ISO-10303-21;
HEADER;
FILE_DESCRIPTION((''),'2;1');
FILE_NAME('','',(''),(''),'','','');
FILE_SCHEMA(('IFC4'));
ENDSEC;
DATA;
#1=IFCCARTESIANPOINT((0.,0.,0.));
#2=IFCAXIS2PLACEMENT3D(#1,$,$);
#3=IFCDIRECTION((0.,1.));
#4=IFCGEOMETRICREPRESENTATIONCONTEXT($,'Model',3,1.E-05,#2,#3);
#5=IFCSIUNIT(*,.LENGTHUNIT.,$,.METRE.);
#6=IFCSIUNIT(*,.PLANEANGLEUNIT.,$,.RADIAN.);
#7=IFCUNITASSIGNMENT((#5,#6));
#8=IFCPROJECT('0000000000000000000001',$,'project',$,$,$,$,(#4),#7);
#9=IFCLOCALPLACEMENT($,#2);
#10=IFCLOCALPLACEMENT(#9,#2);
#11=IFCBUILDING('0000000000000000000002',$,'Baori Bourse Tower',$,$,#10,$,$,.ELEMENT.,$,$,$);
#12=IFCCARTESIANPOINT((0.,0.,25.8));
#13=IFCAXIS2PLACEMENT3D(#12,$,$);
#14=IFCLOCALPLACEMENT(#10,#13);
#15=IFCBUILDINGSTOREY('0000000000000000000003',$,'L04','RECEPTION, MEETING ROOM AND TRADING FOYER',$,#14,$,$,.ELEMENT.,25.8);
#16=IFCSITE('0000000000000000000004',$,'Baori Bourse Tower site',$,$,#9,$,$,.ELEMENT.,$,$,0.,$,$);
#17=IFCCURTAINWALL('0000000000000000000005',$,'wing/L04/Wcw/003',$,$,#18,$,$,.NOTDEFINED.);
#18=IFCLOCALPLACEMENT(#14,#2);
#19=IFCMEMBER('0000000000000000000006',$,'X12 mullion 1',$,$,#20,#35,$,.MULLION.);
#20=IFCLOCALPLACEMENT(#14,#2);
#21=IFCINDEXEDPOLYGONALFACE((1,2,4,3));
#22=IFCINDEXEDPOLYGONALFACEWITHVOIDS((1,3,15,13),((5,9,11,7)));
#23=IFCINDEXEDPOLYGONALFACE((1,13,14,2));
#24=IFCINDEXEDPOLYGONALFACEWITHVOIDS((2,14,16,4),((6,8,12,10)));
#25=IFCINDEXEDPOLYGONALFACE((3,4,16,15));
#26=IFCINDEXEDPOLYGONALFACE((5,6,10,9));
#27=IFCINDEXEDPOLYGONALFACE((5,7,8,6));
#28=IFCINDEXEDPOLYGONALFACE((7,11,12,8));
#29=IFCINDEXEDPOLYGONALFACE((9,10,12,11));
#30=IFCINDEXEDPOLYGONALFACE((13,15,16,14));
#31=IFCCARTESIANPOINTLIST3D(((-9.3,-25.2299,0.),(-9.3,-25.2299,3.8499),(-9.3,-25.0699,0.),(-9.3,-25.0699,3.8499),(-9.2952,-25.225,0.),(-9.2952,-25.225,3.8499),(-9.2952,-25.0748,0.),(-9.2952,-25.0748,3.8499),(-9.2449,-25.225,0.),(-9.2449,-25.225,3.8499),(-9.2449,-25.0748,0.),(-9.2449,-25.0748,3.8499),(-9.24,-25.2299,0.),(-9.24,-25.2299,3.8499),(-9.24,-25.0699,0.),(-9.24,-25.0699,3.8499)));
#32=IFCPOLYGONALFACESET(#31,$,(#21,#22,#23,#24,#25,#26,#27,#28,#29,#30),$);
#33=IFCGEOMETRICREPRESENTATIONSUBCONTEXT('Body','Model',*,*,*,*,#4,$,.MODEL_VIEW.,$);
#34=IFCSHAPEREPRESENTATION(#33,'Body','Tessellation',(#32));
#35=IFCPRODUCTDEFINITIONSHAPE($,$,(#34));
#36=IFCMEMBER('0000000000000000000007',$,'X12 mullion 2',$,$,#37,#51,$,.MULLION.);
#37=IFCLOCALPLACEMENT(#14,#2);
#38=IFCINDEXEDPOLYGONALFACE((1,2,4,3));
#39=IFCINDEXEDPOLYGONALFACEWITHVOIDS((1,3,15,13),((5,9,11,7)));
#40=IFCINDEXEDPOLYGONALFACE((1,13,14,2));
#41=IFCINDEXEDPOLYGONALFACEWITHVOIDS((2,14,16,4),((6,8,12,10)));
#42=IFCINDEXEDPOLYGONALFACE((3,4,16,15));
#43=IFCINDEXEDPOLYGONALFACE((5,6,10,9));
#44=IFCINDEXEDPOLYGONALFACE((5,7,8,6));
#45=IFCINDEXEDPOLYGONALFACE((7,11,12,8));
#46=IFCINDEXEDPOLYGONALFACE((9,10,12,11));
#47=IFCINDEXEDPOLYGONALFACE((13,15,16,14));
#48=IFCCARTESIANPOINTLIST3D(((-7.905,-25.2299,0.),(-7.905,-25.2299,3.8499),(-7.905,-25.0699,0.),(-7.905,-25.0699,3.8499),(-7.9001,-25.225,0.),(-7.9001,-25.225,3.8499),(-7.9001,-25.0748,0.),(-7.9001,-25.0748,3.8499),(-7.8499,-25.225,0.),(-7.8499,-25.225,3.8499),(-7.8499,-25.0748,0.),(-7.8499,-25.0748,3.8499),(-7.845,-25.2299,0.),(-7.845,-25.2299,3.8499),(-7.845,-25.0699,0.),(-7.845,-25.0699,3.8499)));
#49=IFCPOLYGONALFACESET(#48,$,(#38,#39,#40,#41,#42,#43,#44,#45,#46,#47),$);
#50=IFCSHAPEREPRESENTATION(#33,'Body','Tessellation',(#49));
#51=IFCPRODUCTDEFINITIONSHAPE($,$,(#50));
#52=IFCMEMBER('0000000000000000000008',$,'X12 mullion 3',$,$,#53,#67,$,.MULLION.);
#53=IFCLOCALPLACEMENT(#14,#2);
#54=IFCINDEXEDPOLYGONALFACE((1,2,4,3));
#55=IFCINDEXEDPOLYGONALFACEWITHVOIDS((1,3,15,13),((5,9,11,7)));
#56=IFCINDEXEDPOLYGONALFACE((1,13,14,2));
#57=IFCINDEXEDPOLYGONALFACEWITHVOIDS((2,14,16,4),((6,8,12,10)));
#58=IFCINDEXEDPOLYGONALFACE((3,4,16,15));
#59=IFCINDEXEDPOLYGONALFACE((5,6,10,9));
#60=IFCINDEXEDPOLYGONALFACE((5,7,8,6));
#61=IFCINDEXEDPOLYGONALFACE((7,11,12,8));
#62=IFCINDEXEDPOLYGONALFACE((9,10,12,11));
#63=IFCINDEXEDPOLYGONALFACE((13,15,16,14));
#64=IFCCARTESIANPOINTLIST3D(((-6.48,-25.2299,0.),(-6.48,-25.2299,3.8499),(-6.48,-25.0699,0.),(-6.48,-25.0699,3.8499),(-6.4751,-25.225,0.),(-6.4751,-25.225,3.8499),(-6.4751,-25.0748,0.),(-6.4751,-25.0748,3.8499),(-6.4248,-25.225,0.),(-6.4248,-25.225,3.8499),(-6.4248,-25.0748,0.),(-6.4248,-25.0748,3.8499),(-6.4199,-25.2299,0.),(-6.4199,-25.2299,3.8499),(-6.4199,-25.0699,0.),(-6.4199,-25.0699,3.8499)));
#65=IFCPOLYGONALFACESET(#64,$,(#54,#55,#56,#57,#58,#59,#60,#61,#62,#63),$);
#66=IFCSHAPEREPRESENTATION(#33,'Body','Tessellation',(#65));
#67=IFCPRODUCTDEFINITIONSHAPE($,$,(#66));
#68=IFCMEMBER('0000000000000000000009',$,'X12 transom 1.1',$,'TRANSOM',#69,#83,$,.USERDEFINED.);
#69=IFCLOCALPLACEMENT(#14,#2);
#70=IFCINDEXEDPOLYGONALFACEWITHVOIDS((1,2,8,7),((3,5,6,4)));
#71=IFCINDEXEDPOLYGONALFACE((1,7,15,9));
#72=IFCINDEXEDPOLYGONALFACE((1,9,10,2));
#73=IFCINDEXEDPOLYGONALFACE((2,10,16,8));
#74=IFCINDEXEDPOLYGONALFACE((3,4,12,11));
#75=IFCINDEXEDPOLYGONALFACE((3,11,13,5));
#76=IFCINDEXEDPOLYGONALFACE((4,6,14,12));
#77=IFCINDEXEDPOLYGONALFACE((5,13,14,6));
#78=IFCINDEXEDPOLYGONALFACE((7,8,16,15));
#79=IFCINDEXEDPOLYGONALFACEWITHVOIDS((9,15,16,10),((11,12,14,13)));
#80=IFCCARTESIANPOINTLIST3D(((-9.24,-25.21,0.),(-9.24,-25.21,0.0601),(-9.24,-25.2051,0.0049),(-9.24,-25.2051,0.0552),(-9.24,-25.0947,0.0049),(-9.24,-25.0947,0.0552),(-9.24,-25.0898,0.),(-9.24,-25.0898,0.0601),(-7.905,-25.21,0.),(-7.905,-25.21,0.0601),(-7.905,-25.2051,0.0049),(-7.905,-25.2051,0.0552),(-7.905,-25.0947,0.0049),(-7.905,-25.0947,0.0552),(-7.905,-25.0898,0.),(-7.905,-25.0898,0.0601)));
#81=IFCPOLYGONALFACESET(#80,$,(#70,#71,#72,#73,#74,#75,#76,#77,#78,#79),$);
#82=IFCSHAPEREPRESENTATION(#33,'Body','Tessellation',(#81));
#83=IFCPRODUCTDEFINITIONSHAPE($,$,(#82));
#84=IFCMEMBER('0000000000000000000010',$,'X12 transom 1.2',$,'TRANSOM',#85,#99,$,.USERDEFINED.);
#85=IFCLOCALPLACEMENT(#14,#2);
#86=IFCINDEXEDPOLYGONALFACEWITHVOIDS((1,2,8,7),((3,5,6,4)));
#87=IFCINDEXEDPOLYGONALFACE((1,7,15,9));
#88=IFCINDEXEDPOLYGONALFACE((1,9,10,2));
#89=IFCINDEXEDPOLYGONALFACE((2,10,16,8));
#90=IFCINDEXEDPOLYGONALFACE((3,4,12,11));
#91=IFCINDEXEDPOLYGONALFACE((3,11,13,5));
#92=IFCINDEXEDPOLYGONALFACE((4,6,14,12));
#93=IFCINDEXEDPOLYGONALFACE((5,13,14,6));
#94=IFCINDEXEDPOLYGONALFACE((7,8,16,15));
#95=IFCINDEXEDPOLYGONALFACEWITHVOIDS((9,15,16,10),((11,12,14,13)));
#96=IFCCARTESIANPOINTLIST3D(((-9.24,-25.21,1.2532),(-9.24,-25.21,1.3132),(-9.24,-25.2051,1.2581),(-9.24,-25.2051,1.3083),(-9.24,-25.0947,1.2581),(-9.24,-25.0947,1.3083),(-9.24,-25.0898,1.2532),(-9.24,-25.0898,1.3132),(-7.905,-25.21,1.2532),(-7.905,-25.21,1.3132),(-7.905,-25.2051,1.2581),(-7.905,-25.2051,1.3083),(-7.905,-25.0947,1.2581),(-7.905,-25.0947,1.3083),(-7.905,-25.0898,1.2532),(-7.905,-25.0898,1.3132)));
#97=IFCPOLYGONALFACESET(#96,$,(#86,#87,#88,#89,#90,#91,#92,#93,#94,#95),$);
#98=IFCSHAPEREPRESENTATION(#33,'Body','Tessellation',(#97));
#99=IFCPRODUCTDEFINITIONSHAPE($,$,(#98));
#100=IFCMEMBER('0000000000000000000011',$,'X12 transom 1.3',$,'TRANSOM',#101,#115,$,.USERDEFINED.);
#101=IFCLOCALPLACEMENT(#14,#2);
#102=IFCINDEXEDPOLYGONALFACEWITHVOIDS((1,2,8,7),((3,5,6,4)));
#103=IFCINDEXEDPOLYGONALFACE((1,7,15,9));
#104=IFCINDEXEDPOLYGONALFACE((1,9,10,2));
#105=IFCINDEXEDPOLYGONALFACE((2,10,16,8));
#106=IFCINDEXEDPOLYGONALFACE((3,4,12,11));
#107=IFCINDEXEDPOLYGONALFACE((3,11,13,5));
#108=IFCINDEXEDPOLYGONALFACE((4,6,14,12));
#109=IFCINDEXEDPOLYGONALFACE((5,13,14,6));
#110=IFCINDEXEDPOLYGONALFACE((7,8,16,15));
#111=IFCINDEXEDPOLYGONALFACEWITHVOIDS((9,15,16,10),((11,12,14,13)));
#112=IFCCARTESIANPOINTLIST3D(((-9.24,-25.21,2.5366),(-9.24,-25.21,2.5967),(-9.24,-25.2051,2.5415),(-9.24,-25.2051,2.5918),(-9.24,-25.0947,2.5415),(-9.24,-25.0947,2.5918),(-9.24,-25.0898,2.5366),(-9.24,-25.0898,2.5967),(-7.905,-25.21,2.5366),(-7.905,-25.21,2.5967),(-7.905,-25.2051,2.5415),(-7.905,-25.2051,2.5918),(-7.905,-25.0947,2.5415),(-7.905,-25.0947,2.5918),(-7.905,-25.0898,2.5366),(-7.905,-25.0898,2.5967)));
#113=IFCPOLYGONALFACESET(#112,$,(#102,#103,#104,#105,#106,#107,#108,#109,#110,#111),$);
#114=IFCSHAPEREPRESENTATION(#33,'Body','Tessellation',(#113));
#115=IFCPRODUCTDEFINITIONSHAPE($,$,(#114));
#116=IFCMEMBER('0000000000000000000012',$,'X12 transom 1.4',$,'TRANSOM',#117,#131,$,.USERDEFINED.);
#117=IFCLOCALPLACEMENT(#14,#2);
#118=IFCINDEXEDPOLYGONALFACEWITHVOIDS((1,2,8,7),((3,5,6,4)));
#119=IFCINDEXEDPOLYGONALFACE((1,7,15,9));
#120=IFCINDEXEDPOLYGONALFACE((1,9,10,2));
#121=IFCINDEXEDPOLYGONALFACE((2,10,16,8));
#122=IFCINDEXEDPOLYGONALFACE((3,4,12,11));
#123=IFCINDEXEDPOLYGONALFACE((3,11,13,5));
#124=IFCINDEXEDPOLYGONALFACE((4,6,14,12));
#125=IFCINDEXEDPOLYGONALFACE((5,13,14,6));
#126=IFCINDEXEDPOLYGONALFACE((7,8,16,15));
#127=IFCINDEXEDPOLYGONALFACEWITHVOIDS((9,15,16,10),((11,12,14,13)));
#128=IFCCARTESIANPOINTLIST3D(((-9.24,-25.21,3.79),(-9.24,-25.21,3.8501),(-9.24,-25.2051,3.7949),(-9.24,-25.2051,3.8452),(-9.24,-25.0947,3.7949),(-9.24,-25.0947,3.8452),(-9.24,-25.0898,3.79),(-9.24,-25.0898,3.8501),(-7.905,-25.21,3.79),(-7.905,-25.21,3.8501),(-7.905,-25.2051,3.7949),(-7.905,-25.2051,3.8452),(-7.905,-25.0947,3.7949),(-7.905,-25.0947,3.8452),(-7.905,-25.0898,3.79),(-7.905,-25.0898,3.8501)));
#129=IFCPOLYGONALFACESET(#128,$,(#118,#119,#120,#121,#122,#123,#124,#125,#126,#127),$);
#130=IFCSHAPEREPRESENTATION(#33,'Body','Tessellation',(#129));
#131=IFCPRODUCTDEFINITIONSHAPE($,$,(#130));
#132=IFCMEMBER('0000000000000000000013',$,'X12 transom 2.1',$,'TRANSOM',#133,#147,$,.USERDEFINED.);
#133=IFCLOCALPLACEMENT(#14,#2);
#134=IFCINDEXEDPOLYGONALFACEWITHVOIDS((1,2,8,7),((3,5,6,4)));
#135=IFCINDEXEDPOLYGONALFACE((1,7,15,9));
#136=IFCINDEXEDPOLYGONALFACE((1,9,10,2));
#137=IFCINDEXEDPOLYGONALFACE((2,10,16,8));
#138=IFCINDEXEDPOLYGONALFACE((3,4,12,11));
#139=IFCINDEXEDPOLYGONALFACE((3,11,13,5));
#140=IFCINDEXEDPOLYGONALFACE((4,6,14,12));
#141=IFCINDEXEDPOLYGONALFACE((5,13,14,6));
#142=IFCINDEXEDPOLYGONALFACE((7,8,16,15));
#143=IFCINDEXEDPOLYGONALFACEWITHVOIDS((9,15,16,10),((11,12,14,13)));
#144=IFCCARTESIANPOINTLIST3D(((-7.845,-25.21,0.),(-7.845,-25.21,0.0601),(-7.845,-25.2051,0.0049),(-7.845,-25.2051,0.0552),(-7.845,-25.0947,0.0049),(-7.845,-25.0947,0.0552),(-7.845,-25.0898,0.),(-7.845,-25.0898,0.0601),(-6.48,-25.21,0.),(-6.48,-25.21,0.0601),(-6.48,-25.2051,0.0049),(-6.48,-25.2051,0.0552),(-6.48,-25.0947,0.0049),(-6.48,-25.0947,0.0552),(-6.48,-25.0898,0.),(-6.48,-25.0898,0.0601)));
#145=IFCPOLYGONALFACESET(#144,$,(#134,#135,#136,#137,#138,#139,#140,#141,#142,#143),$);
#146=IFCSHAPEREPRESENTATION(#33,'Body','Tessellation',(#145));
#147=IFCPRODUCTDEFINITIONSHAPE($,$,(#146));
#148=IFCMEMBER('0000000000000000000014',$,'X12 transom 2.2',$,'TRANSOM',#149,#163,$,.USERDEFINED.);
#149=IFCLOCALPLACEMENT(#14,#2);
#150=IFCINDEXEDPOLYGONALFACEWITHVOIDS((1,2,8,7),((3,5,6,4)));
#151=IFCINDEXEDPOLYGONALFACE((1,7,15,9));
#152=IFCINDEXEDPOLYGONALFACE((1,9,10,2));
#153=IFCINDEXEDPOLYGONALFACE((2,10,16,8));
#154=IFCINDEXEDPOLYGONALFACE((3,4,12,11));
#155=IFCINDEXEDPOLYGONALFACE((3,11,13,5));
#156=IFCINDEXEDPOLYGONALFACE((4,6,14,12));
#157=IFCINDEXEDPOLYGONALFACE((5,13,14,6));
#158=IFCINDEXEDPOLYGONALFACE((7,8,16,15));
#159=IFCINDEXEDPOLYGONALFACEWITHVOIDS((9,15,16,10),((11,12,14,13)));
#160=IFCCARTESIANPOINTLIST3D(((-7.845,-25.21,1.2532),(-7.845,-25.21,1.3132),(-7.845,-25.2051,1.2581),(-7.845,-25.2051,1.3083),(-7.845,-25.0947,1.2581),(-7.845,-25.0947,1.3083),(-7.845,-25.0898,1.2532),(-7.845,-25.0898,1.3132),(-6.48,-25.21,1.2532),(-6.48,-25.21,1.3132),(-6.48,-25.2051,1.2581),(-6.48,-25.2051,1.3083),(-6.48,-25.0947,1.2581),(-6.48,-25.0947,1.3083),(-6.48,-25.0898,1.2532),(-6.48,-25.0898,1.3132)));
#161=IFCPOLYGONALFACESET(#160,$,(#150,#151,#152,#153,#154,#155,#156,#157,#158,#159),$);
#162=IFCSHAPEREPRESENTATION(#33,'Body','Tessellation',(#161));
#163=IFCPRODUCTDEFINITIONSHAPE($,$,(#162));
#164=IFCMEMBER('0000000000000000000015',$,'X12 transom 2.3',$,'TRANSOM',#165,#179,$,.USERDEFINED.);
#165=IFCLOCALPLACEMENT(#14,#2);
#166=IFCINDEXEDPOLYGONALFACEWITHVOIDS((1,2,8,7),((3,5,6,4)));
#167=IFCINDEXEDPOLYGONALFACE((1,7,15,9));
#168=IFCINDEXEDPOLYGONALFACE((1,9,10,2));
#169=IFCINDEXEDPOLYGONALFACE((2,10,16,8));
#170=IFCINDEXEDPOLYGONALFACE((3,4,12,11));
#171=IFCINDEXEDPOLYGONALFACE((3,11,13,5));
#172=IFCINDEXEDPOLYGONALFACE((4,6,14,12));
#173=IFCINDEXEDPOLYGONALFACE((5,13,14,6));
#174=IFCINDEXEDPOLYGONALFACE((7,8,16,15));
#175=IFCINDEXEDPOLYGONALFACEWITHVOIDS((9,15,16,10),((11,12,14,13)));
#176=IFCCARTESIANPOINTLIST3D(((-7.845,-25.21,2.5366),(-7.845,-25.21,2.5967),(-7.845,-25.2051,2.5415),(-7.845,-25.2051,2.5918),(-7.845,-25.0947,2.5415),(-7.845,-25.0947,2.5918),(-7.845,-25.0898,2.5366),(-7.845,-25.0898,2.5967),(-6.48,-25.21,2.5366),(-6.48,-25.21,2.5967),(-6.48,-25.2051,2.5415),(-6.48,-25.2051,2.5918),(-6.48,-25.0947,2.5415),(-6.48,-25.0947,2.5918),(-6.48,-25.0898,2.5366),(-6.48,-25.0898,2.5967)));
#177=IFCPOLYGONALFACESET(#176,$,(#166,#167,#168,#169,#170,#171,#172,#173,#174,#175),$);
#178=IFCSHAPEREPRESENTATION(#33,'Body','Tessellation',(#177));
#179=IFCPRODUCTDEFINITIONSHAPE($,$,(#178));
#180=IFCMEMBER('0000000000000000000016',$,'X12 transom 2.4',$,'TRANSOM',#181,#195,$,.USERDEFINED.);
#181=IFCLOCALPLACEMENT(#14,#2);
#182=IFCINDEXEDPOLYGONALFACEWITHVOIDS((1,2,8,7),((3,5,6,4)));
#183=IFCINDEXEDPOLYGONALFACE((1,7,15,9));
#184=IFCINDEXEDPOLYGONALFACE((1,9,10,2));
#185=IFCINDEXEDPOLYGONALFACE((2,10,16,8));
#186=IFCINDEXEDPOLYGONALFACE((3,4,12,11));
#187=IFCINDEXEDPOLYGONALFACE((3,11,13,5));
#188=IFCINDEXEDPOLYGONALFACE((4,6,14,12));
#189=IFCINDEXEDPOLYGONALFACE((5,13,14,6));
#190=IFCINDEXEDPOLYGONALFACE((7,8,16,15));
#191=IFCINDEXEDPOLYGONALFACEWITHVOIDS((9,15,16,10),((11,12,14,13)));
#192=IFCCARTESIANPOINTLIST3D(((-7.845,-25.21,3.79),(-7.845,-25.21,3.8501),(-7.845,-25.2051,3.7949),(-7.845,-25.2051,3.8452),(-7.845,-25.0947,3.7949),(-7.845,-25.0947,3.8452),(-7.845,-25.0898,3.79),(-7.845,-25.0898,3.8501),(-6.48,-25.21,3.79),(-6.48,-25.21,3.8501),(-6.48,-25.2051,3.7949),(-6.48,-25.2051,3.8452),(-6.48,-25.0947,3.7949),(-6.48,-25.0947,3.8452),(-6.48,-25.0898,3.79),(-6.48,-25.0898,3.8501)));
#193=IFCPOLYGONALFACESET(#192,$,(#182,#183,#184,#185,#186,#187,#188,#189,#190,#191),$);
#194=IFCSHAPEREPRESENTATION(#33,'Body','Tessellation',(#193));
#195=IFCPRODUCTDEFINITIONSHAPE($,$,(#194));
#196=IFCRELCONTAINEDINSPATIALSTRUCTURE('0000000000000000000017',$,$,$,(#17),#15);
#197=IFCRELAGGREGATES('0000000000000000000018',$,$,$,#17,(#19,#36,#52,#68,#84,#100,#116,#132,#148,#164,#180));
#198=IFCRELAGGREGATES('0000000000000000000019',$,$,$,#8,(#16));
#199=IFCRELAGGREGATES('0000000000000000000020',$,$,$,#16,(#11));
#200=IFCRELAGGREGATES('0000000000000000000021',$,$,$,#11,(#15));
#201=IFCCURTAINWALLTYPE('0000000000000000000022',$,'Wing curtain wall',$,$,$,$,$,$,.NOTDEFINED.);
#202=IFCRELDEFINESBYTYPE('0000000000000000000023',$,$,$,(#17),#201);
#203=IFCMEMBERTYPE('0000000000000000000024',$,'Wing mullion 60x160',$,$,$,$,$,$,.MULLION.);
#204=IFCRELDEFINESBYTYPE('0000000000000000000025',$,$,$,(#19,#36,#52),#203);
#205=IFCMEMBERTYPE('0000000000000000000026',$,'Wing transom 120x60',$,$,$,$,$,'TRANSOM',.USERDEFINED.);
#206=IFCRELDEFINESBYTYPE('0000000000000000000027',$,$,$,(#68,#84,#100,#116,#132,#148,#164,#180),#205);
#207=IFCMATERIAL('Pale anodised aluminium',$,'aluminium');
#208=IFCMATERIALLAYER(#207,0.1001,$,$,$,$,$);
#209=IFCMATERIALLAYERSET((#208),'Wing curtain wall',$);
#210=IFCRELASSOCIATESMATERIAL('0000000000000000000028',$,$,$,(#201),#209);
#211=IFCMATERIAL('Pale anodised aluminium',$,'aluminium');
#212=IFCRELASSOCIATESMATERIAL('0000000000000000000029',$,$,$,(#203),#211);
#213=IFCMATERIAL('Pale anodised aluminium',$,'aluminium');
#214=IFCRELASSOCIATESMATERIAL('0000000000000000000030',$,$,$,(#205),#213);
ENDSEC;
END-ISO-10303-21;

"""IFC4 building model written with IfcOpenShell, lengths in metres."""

from ifc_helpers import new_model, si_unit, direction, frame, origin, origin_2d, place, context, subcontext, project, spatial, hollow_rectangle, extrude, material, layer, layer_set, material_profile, profile_set, type_object, element, aggregate, save


model = new_model("IFC4")

# Units and contexts
model_context = context("Model", 3, precision=1e-05, world=origin(), true_north=direction((0.0, 1.0)))
body_context = subcontext(model_context, "Body", "Model", "MODEL_VIEW")
ifc_project = project(units=[si_unit("LENGTHUNIT", "METRE"), si_unit("PLANEANGLEUNIT", "RADIAN")], contexts=[model_context])

# Site, building, storey
site_placement = place(None, origin())
site = spatial("IfcSite", under=ifc_project, at=site_placement, Name="Baori Bourse Tower site", CompositionType="ELEMENT", RefElevation=0.0)
building_placement = place(site_placement, origin())
building = spatial("IfcBuilding", under=site, at=building_placement, Name="Baori Bourse Tower", CompositionType="ELEMENT")
storey_placement = place(building_placement, frame((0.0, 0.0, 25.8)))
storey = spatial("IfcBuildingStorey", under=building, at=storey_placement, Name="L04", Description="RECEPTION, MEETING ROOM AND TRADING FOYER", CompositionType="ELEMENT", Elevation=25.8)

# Curtain wall, members
ifc_material_1 = material(Name="Pale anodised aluminium", Category="aluminium")
ifc_layer_1 = layer(ifc_material_1, 0.1001)
ifc_layer_set_1 = layer_set([ifc_layer_1], Name="Wing curtain wall")
curtain_wall_type = type_object("IfcCurtainWallType", Name="Wing curtain wall", PredefinedType="NOTDEFINED", material=ifc_layer_set_1)
curtain_wall_placement = place(storey_placement, origin())
curtain_wall = element("IfcCurtainWall", 1, at=curtain_wall_placement, inside=storey, type_object=curtain_wall_type, Name="wing/L04/Wcw/003", PredefinedType="NOTDEFINED")
ifc_material_2 = material(Name="Pale anodised aluminium", Category="aluminium")
ifc_material_profile_1 = material_profile(ifc_material_2, hollow_rectangle(XDim=0.1599, YDim=0.0601, WallThickness=0.0049, at=origin_2d()), Name="Mullion 160x60x5")
ifc_profile_set_1 = profile_set([ifc_material_profile_1], Name="Pale anodised aluminium")
member_type_1 = type_object("IfcMemberType", Name="Wing mullion 60x160", PredefinedType="MULLION", material=ifc_profile_set_1)
member_1_placement = place(storey_placement, frame((-9.27, -25.1499, 0.0), z_axis=(0.0, 0.0, 1.0), x_axis=(0.0, 1.0, 0.0)))
member_1 = element("IfcMember", 2, at=member_1_placement, type_object=member_type_1, Name="X12 mullion 1", PredefinedType="MULLION", context=body_context, shape_type="SweptSolid", body=[
    extrude(hollow_rectangle(XDim=0.1599, YDim=0.0601, WallThickness=0.0049, at=origin_2d()), origin(), (0.0, 0.0, 1.0), 3.8499),
])
member_2_placement = place(storey_placement, frame((-7.875, -25.1499, 0.0), z_axis=(0.0, 0.0, 1.0), x_axis=(0.0, 1.0, 0.0)))
member_2 = element("IfcMember", 3, at=member_2_placement, type_object=member_type_1, Name="X12 mullion 2", PredefinedType="MULLION", context=body_context, shape_type="SweptSolid", body=[
    extrude(hollow_rectangle(XDim=0.1599, YDim=0.0601, WallThickness=0.0049, at=origin_2d()), origin(), (0.0, 0.0, 1.0), 3.8499),
])
member_3_placement = place(storey_placement, frame((-6.45, -25.1499, 0.0), z_axis=(0.0, 0.0, 1.0), x_axis=(0.0, 1.0, 0.0)))
member_3 = element("IfcMember", 4, at=member_3_placement, type_object=member_type_1, Name="X12 mullion 3", PredefinedType="MULLION", context=body_context, shape_type="SweptSolid", body=[
    extrude(hollow_rectangle(XDim=0.1599, YDim=0.0601, WallThickness=0.0049, at=origin_2d()), origin(), (0.0, 0.0, 1.0), 3.8499),
])
ifc_material_3 = material(Name="Pale anodised aluminium", Category="aluminium")
ifc_material_profile_2 = material_profile(ifc_material_3, hollow_rectangle(XDim=0.1201, YDim=0.0601, WallThickness=0.0049, at=origin_2d()), Name="Transom 120x60x5")
ifc_profile_set_2 = profile_set([ifc_material_profile_2], Name="Pale anodised aluminium")
member_type_2 = type_object("IfcMemberType", Name="Wing transom 120x60", ElementType="TRANSOM", PredefinedType="USERDEFINED", material=ifc_profile_set_2)
member_4_placement = place(storey_placement, frame((-9.24, -25.1499, 0.03), z_axis=(1.0, 0.0, 0.0), x_axis=(0.0, 1.0, 0.0)))
member_4 = element("IfcMember", 5, at=member_4_placement, type_object=member_type_2, Name="X12 transom 1.1", ObjectType="TRANSOM", PredefinedType="USERDEFINED", context=body_context, shape_type="SweptSolid", body=[
    extrude(hollow_rectangle(XDim=0.1201, YDim=0.0601, WallThickness=0.0049, at=origin_2d()), origin(), (0.0, 0.0, 1.0), 1.335),
])
member_5_placement = place(storey_placement, frame((-9.24, -25.1499, 1.2832), z_axis=(1.0, 0.0, 0.0), x_axis=(0.0, 1.0, 0.0)))
member_5 = element("IfcMember", 6, at=member_5_placement, type_object=member_type_2, Name="X12 transom 1.2", ObjectType="TRANSOM", PredefinedType="USERDEFINED", context=body_context, shape_type="SweptSolid", body=[
    extrude(hollow_rectangle(XDim=0.1201, YDim=0.0601, WallThickness=0.0049, at=origin_2d()), origin(), (0.0, 0.0, 1.0), 1.335),
])
member_6_placement = place(storey_placement, frame((-9.24, -25.1499, 2.5667), z_axis=(1.0, 0.0, 0.0), x_axis=(0.0, 1.0, 0.0)))
member_6 = element("IfcMember", 7, at=member_6_placement, type_object=member_type_2, Name="X12 transom 1.3", ObjectType="TRANSOM", PredefinedType="USERDEFINED", context=body_context, shape_type="SweptSolid", body=[
    extrude(hollow_rectangle(XDim=0.1201, YDim=0.0601, WallThickness=0.0049, at=origin_2d()), origin(), (0.0, 0.0, 1.0), 1.335),
])
member_7_placement = place(storey_placement, frame((-9.24, -25.1499, 3.8201), z_axis=(1.0, 0.0, 0.0), x_axis=(0.0, 1.0, 0.0)))
member_7 = element("IfcMember", 8, at=member_7_placement, type_object=member_type_2, Name="X12 transom 1.4", ObjectType="TRANSOM", PredefinedType="USERDEFINED", context=body_context, shape_type="SweptSolid", body=[
    extrude(hollow_rectangle(XDim=0.1201, YDim=0.0601, WallThickness=0.0049, at=origin_2d()), origin(), (0.0, 0.0, 1.0), 1.335),
])
member_8_placement = place(storey_placement, frame((-7.845, -25.1499, 0.03), z_axis=(1.0, 0.0, 0.0), x_axis=(0.0, 1.0, 0.0)))
member_8 = element("IfcMember", 9, at=member_8_placement, type_object=member_type_2, Name="X12 transom 2.1", ObjectType="TRANSOM", PredefinedType="USERDEFINED", context=body_context, shape_type="SweptSolid", body=[
    extrude(hollow_rectangle(XDim=0.1201, YDim=0.0601, WallThickness=0.0049, at=origin_2d()), origin(), (0.0, 0.0, 1.0), 1.365),
])
member_9_placement = place(storey_placement, frame((-7.845, -25.1499, 1.2832), z_axis=(1.0, 0.0, 0.0), x_axis=(0.0, 1.0, 0.0)))
member_9 = element("IfcMember", 10, at=member_9_placement, type_object=member_type_2, Name="X12 transom 2.2", ObjectType="TRANSOM", PredefinedType="USERDEFINED", context=body_context, shape_type="SweptSolid", body=[
    extrude(hollow_rectangle(XDim=0.1201, YDim=0.0601, WallThickness=0.0049, at=origin_2d()), origin(), (0.0, 0.0, 1.0), 1.365),
])
member_10_placement = place(storey_placement, frame((-7.845, -25.1499, 2.5667), z_axis=(1.0, 0.0, 0.0), x_axis=(0.0, 1.0, 0.0)))
member_10 = element("IfcMember", 11, at=member_10_placement, type_object=member_type_2, Name="X12 transom 2.3", ObjectType="TRANSOM", PredefinedType="USERDEFINED", context=body_context, shape_type="SweptSolid", body=[
    extrude(hollow_rectangle(XDim=0.1201, YDim=0.0601, WallThickness=0.0049, at=origin_2d()), origin(), (0.0, 0.0, 1.0), 1.365),
])
member_11_placement = place(storey_placement, frame((-7.845, -25.1499, 3.8201), z_axis=(1.0, 0.0, 0.0), x_axis=(0.0, 1.0, 0.0)))
member_11 = element("IfcMember", 12, at=member_11_placement, type_object=member_type_2, Name="X12 transom 2.4", ObjectType="TRANSOM", PredefinedType="USERDEFINED", context=body_context, shape_type="SweptSolid", body=[
    extrude(hollow_rectangle(XDim=0.1201, YDim=0.0601, WallThickness=0.0049, at=origin_2d()), origin(), (0.0, 0.0, 1.0), 1.365),
])
aggregate(curtain_wall, [member_1, member_2, member_3, member_4, member_5, member_6, member_7, member_8, member_9, member_10, member_11])

save(model, "model.ifc")
